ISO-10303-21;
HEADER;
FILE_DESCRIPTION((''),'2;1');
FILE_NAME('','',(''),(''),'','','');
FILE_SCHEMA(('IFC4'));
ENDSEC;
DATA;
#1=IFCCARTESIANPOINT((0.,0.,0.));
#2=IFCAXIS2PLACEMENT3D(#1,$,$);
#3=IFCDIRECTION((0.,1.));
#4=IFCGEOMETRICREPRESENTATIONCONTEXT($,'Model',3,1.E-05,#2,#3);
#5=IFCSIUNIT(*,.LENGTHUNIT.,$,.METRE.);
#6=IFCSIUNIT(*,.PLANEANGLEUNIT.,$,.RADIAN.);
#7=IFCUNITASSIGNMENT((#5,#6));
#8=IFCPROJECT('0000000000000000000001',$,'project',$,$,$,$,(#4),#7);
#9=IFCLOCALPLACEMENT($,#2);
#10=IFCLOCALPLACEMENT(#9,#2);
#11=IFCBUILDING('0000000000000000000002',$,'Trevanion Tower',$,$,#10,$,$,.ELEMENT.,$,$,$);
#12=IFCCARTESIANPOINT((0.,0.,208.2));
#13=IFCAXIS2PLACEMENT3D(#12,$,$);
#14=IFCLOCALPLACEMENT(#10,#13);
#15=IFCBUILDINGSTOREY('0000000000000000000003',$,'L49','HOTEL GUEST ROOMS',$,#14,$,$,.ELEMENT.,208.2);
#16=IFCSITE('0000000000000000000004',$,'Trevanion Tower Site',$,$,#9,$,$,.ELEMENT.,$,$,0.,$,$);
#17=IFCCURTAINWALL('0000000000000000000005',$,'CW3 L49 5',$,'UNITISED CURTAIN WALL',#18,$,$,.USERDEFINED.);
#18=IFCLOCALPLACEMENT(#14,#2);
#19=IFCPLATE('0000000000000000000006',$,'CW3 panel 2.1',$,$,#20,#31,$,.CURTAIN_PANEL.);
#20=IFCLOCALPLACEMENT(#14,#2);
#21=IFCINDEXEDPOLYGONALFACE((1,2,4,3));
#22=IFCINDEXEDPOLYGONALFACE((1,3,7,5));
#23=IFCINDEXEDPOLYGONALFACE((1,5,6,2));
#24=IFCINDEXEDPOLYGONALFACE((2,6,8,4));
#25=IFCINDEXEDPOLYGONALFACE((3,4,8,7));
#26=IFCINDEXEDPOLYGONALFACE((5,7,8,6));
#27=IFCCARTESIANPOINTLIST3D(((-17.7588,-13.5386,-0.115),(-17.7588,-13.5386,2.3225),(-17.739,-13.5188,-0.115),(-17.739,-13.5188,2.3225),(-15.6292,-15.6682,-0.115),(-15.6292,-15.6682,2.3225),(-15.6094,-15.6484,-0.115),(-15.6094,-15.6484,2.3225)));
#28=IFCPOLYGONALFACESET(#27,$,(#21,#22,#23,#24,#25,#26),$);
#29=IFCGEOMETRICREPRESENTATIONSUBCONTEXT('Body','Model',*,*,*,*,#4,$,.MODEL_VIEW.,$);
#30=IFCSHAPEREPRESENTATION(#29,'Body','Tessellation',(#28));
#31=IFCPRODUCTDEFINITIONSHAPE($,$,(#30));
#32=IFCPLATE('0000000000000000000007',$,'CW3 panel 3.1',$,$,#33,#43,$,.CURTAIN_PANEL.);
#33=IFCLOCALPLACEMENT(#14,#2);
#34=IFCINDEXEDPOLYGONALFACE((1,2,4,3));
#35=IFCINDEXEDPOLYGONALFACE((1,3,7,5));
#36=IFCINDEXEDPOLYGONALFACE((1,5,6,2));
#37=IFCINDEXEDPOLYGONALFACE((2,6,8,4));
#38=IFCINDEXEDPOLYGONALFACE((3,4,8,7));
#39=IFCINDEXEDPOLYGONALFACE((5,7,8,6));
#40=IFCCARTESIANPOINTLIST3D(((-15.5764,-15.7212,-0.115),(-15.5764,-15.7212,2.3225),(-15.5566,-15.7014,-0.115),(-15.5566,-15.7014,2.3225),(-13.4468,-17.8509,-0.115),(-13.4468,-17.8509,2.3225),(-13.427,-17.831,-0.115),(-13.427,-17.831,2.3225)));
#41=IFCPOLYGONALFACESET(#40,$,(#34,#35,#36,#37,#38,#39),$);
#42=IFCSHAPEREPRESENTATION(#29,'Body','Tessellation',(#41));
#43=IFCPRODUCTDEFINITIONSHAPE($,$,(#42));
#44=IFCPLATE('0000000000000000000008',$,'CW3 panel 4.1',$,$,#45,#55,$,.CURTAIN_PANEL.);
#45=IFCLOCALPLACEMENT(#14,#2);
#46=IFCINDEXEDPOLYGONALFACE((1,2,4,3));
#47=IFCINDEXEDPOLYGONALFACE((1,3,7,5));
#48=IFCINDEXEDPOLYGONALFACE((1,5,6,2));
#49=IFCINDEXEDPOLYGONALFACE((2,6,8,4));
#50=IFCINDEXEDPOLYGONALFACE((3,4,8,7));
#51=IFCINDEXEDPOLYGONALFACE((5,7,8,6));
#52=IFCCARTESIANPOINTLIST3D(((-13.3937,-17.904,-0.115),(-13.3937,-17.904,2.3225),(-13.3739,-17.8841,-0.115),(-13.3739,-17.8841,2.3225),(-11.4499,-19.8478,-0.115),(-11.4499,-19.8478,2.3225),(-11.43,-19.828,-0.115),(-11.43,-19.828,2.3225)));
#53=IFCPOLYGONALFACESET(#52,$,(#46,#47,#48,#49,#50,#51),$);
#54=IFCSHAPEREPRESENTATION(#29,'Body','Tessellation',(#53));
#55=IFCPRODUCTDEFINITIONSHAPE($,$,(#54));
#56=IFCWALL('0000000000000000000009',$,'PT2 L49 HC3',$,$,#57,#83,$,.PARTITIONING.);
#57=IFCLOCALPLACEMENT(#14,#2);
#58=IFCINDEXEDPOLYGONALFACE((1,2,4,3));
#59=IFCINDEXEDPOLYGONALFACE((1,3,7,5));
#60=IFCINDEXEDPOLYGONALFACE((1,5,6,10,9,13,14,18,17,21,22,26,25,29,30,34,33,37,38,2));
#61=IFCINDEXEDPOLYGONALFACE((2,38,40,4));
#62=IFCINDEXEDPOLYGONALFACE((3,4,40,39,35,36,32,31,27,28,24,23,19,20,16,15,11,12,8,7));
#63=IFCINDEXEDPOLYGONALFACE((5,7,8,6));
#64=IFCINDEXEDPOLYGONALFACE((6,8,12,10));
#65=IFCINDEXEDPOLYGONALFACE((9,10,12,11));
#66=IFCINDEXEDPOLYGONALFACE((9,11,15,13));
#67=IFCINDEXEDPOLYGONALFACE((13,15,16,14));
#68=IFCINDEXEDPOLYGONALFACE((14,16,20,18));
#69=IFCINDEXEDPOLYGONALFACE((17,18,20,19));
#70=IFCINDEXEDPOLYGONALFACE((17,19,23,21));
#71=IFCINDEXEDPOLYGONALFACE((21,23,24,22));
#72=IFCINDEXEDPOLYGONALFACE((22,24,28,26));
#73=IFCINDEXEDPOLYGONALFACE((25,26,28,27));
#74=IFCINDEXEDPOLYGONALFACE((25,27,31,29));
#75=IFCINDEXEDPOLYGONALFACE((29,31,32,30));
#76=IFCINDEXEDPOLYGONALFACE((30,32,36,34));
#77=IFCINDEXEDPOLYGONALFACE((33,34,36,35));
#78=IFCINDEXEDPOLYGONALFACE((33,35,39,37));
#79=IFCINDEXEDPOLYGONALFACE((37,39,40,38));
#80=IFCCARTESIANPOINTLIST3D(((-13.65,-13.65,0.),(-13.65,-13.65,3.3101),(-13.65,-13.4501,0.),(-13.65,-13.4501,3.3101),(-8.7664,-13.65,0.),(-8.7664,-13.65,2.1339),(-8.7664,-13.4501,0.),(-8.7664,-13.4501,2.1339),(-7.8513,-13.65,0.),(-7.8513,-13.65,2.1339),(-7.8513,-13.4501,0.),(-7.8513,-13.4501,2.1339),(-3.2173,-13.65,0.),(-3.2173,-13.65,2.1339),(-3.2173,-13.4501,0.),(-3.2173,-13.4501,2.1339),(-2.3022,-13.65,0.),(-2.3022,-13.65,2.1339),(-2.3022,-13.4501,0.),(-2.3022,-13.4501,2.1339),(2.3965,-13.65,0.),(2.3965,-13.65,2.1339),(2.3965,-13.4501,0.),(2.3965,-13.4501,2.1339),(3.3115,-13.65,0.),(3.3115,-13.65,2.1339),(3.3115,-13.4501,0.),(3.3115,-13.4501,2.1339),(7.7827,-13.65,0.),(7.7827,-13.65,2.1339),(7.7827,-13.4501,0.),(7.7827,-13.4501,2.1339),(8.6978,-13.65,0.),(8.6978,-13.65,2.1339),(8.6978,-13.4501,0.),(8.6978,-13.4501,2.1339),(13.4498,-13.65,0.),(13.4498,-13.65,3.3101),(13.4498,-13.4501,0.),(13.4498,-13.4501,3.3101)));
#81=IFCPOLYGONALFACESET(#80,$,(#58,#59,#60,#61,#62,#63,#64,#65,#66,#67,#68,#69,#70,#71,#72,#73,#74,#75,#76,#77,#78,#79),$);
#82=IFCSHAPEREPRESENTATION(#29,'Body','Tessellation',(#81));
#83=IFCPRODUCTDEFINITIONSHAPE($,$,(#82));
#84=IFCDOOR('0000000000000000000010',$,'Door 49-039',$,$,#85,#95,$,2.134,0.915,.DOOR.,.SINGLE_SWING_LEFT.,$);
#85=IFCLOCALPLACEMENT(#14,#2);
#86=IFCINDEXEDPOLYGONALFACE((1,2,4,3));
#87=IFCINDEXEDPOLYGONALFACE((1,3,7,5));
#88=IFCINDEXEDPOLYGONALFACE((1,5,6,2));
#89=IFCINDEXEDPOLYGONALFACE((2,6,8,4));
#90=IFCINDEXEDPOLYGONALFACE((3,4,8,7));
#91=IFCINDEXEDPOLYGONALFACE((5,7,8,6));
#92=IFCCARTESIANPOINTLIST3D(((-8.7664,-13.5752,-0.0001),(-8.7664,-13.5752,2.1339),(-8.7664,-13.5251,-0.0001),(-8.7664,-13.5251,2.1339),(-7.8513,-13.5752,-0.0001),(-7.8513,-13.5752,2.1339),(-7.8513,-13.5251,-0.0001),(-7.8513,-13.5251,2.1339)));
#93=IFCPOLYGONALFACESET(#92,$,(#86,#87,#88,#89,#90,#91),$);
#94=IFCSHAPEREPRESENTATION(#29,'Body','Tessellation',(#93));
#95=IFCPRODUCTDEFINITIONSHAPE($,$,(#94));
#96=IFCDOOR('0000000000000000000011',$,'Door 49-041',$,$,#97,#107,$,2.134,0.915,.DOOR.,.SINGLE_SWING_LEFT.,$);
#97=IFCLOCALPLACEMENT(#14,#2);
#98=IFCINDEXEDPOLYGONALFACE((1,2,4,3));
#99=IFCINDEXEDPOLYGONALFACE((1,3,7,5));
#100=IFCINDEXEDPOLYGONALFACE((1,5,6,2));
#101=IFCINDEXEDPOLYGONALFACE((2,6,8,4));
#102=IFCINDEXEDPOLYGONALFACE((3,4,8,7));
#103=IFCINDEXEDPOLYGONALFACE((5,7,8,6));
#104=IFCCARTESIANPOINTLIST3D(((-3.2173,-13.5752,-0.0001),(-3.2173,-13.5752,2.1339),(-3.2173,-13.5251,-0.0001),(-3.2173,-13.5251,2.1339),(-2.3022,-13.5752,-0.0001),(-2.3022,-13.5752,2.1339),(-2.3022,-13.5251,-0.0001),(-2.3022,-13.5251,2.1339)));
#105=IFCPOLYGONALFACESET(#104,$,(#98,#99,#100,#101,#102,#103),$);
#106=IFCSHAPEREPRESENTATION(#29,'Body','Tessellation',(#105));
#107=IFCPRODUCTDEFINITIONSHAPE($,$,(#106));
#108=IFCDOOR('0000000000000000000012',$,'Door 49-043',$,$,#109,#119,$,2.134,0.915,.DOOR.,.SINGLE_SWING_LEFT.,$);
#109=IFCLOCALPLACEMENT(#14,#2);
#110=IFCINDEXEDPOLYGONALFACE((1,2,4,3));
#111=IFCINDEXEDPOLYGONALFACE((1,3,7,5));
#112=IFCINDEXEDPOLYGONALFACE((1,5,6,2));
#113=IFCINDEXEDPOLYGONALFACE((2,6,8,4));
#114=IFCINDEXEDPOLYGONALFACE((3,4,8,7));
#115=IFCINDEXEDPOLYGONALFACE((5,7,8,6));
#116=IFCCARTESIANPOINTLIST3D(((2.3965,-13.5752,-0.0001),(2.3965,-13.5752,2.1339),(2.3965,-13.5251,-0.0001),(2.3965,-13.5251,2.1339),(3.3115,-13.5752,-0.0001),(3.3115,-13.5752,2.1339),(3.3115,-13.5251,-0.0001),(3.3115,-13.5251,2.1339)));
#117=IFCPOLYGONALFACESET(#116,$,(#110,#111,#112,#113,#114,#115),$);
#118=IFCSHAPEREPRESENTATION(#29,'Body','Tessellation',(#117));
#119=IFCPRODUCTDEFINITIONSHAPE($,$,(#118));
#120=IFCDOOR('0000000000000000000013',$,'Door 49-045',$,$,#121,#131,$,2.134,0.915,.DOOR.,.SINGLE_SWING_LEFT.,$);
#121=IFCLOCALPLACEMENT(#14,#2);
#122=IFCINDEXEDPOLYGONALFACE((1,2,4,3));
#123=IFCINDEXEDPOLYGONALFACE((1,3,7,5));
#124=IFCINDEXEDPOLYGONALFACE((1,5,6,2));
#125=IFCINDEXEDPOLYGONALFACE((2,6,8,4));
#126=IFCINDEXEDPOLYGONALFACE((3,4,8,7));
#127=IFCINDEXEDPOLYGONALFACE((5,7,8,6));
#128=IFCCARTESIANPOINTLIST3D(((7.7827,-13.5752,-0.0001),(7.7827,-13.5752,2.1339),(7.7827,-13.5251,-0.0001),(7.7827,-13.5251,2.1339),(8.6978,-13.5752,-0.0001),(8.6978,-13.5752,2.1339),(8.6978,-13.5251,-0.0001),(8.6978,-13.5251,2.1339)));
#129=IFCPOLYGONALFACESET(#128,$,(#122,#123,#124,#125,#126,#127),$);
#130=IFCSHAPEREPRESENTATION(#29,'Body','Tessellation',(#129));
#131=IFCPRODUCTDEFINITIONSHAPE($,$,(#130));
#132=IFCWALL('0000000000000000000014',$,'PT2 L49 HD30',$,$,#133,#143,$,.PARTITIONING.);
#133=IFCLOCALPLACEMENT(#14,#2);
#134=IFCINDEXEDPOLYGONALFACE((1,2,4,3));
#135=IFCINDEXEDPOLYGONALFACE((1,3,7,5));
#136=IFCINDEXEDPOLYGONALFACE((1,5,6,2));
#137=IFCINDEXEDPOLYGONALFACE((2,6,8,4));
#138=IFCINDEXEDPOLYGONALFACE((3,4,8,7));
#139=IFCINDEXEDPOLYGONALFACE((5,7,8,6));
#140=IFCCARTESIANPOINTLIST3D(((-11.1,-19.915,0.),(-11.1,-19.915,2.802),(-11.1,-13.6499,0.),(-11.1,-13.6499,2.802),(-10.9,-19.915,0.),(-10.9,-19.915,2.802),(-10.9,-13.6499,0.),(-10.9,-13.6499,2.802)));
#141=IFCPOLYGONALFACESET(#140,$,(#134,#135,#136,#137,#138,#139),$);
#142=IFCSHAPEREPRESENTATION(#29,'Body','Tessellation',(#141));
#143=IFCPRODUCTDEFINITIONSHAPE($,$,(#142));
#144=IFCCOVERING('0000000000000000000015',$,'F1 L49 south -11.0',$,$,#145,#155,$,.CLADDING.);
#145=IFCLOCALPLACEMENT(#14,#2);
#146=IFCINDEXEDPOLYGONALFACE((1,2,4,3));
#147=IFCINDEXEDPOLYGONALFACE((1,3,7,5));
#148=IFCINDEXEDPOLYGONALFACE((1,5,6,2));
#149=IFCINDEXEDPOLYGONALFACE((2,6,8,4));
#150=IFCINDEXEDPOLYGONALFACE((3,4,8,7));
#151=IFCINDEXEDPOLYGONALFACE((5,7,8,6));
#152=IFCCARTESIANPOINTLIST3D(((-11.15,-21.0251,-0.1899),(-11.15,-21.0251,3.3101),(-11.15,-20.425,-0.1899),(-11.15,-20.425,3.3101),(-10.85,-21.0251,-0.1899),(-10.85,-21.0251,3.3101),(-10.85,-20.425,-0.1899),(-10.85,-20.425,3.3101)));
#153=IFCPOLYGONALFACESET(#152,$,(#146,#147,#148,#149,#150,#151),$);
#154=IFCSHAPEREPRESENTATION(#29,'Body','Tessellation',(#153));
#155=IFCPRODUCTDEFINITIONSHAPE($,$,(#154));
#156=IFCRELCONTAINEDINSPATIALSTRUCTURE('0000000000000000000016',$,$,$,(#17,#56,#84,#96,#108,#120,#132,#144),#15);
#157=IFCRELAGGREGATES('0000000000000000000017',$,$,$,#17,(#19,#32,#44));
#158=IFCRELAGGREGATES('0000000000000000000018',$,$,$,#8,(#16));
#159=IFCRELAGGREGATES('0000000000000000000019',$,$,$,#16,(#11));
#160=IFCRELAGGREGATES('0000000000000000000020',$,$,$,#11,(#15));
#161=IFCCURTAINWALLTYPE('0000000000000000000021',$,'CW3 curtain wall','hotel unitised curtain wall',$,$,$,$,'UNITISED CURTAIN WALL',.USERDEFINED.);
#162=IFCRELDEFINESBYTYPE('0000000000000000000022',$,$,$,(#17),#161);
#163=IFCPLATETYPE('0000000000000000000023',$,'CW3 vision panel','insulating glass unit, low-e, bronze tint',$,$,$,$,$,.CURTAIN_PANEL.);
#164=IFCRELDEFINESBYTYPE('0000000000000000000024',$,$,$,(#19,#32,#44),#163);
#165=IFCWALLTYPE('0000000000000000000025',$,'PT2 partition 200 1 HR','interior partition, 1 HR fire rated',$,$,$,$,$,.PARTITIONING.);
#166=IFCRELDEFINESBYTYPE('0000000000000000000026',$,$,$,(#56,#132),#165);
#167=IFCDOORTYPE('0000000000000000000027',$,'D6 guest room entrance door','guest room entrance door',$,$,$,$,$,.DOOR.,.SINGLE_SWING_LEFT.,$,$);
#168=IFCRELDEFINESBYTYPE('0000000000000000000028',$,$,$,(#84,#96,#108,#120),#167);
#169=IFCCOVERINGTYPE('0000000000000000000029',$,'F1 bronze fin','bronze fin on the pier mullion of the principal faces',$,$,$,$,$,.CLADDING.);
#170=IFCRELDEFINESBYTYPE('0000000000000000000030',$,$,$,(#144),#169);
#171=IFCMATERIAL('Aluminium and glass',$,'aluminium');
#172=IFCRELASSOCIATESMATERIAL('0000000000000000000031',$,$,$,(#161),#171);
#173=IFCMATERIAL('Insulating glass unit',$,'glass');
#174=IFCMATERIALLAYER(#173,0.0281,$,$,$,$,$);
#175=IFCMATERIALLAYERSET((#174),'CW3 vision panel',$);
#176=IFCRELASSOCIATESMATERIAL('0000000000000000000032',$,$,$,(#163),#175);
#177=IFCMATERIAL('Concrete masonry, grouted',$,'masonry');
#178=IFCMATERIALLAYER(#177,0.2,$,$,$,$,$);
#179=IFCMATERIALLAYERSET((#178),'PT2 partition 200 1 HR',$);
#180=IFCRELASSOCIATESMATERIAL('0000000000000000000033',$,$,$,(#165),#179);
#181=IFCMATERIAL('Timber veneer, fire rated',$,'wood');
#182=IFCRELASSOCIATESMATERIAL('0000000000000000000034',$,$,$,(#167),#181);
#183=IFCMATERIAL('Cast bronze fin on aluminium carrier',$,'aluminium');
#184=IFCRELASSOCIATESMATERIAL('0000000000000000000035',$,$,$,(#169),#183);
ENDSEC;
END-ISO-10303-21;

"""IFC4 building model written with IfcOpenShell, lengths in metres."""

from ifc_helpers import new_model, si_unit, direction, frame, frame_2d, origin, origin_2d, place, context, subcontext, project, spatial, rectangle, extrude, material, layer, layer_set, type_object, element, fill, aggregate, save


model = new_model("IFC4")

# Units and contexts
model_context = context("Model", 3, precision=1e-05, world=origin(), true_north=direction((0.0, 1.0)))
body_context = subcontext(model_context, "Body", "Model", "MODEL_VIEW")
ifc_project = project(units=[si_unit("LENGTHUNIT", "METRE"), si_unit("PLANEANGLEUNIT", "RADIAN")], contexts=[model_context])

# Site, building, storey
site_placement = place(None, origin())
site = spatial("IfcSite", under=ifc_project, at=site_placement, Name="Trevanion Tower Site", CompositionType="ELEMENT", RefElevation=0.0)
building_placement = place(site_placement, origin())
building = spatial("IfcBuilding", under=site, at=building_placement, Name="Trevanion Tower", CompositionType="ELEMENT")
storey_placement = place(building_placement, frame((0.0, 0.0, 208.2)))
storey = spatial("IfcBuildingStorey", under=building, at=storey_placement, Name="L49", Description="HOTEL GUEST ROOMS", CompositionType="ELEMENT", Elevation=208.2)

# Curtain wall
ifc_material_1 = material(Name="Aluminium and glass", Category="aluminium")
curtain_wall_type = type_object("IfcCurtainWallType", Name="CW3 curtain wall", Description="hotel unitised curtain wall", ElementType="UNITISED CURTAIN WALL", PredefinedType="USERDEFINED", material=ifc_material_1)
curtain_wall_1_placement = place(storey_placement, origin())
curtain_wall_1 = element("IfcCurtainWall", 1, at=curtain_wall_1_placement, inside=storey, type_object=curtain_wall_type, Name="CW3 L49 5", ObjectType="UNITISED CURTAIN WALL", PredefinedType="USERDEFINED")

# Plates
ifc_material_2 = material(Name="Insulating glass unit", Category="glass")
ifc_layer_1 = layer(ifc_material_2, 0.0281)
ifc_layer_set_1 = layer_set([ifc_layer_1], Name="CW3 vision panel")
plate_type_1 = type_object("IfcPlateType", Name="CW3 vision panel", Description="insulating glass unit, low-e, bronze tint", PredefinedType="CURTAIN_PANEL", material=ifc_layer_set_1)
plate_1_placement = place(storey_placement, frame((-16.6841, -14.5935, -0.115), z_axis=(0.0, 0.0, 1.0), x_axis=(0.707107, -0.707107, 0.0)))
plate_1 = element("IfcPlate", 2, at=plate_1_placement, type_object=plate_type_1, Name="CW3 panel 2.1", PredefinedType="CURTAIN_PANEL", context=body_context, shape_type="SweptSolid", body=[
    extrude(rectangle(XDim=3.0117, YDim=0.0281, at=origin_2d()), origin(), (0.0, 0.0, 1.0), 2.4375),
])
plate_2_placement = place(storey_placement, frame((-14.5017, -16.7761, -0.115), z_axis=(0.0, 0.0, 1.0), x_axis=(0.707107, -0.707107, 0.0)))
plate_2 = element("IfcPlate", 3, at=plate_2_placement, type_object=plate_type_1, Name="CW3 panel 3.1", PredefinedType="CURTAIN_PANEL", context=body_context, shape_type="SweptSolid", body=[
    extrude(rectangle(XDim=3.0117, YDim=0.0281, at=origin_2d()), origin(), (0.0, 0.0, 1.0), 2.4375),
])
plate_3_placement = place(storey_placement, frame((-12.4119, -18.866, -0.115), z_axis=(0.0, 0.0, 1.0), x_axis=(0.707107, -0.707107, 0.0)))
plate_3 = element("IfcPlate", 4, at=plate_3_placement, type_object=plate_type_1, Name="CW3 panel 4.1", PredefinedType="CURTAIN_PANEL", context=body_context, shape_type="SweptSolid", body=[
    extrude(rectangle(XDim=2.749, YDim=0.0281, at=origin_2d()), origin(), (0.0, 0.0, 1.0), 2.4375),
])
aggregate(curtain_wall_1, [plate_1, plate_2, plate_3])

# Wall, openings, doors
ifc_material_3 = material(Name="Concrete masonry, grouted", Category="masonry")
ifc_layer_2 = layer(ifc_material_3, 0.2)
ifc_layer_set_2 = layer_set([ifc_layer_2], Name="PT2 partition 200 1 HR")
wall_type = type_object("IfcWallType", Name="PT2 partition 200 1 HR", Description="interior partition, 1 HR fire rated", PredefinedType="PARTITIONING", material=ifc_layer_set_2)
wall_1_placement = place(storey_placement, frame((-13.6499, -13.55, 0.0), z_axis=(0.0, 0.0, 1.0), x_axis=(1.0, 0.0, 0.0)))
wall_1 = element("IfcWall", 5, at=wall_1_placement, inside=storey, type_object=wall_type, Name="PT2 L49 HC3", PredefinedType="PARTITIONING", context=body_context, shape_type="SweptSolid", body=[
    extrude(rectangle(XDim=27.0999, YDim=0.2, at=frame_2d((13.5498, 0.0))), origin(), (0.0, 0.0, 1.0), 3.3101),
])
opening_1_placement = place(wall_1_placement, frame((4.8835, 0.0, 0.0)))
opening_1 = element("IfcOpeningElement", 6, at=opening_1_placement, cuts=wall_1, PredefinedType="OPENING", context=body_context, shape_type="SweptSolid", body=[
    extrude(rectangle(XDim=0.915, YDim=2.134, at=frame_2d((0.4575, 1.0669))), frame((0.0, 0.1099, 0.0), z_axis=(0.0, -1.0, 0.0), x_axis=(1.0, 0.0, 0.0)), (0.0, 0.0, 1.0), 0.22),
])
opening_2_placement = place(wall_1_placement, frame((10.4326, 0.0, 0.0)))
opening_2 = element("IfcOpeningElement", 7, at=opening_2_placement, cuts=wall_1, PredefinedType="OPENING", context=body_context, shape_type="SweptSolid", body=[
    extrude(rectangle(XDim=0.915, YDim=2.134, at=frame_2d((0.4575, 1.0669))), frame((0.0, 0.1099, 0.0), z_axis=(0.0, -1.0, 0.0), x_axis=(1.0, 0.0, 0.0)), (0.0, 0.0, 1.0), 0.22),
])
opening_3_placement = place(wall_1_placement, frame((16.0464, 0.0, 0.0)))
opening_3 = element("IfcOpeningElement", 8, at=opening_3_placement, cuts=wall_1, PredefinedType="OPENING", context=body_context, shape_type="SweptSolid", body=[
    extrude(rectangle(XDim=0.915, YDim=2.134, at=frame_2d((0.4575, 1.0669))), frame((0.0, 0.1099, 0.0), z_axis=(0.0, -1.0, 0.0), x_axis=(1.0, 0.0, 0.0)), (0.0, 0.0, 1.0), 0.22),
])
opening_4_placement = place(wall_1_placement, frame((21.4326, 0.0, 0.0)))
opening_4 = element("IfcOpeningElement", 9, at=opening_4_placement, cuts=wall_1, PredefinedType="OPENING", context=body_context, shape_type="SweptSolid", body=[
    extrude(rectangle(XDim=0.915, YDim=2.134, at=frame_2d((0.4575, 1.0669))), frame((0.0, 0.1099, 0.0), z_axis=(0.0, -1.0, 0.0), x_axis=(1.0, 0.0, 0.0)), (0.0, 0.0, 1.0), 0.22),
])
ifc_material_4 = material(Name="Timber veneer, fire rated", Category="wood")
door_type = type_object("IfcDoorType", Name="D6 guest room entrance door", Description="guest room entrance door", OperationType="SINGLE_SWING_LEFT", PredefinedType="DOOR", material=ifc_material_4)
door_1_placement = place(opening_1_placement, origin())
door_1 = element("IfcDoor", 10, at=door_1_placement, inside=storey, type_object=door_type, Name="Door 49-039", OperationType="SINGLE_SWING_LEFT", OverallHeight=2.134, OverallWidth=0.915, PredefinedType="DOOR", context=body_context, shape_type="SweptSolid", body=[
    extrude(rectangle(XDim=0.915, YDim=2.134, at=frame_2d((0.4575, 1.0669))), frame((0.0, 0.0249, 0.0), z_axis=(0.0, -1.0, 0.0), x_axis=(1.0, 0.0, 0.0)), (0.0, 0.0, 1.0), 0.05),
])
fill(opening_1, door_1)
door_2_placement = place(opening_2_placement, origin())
door_2 = element("IfcDoor", 11, at=door_2_placement, inside=storey, type_object=door_type, Name="Door 49-041", OperationType="SINGLE_SWING_LEFT", OverallHeight=2.134, OverallWidth=0.915, PredefinedType="DOOR", context=body_context, shape_type="SweptSolid", body=[
    extrude(rectangle(XDim=0.915, YDim=2.134, at=frame_2d((0.4575, 1.0669))), frame((0.0, 0.0249, 0.0), z_axis=(0.0, -1.0, 0.0), x_axis=(1.0, 0.0, 0.0)), (0.0, 0.0, 1.0), 0.05),
])
fill(opening_2, door_2)
door_3_placement = place(opening_3_placement, origin())
door_3 = element("IfcDoor", 12, at=door_3_placement, inside=storey, type_object=door_type, Name="Door 49-043", OperationType="SINGLE_SWING_LEFT", OverallHeight=2.134, OverallWidth=0.915, PredefinedType="DOOR", context=body_context, shape_type="SweptSolid", body=[
    extrude(rectangle(XDim=0.915, YDim=2.134, at=frame_2d((0.4575, 1.0669))), frame((0.0, 0.0249, 0.0), z_axis=(0.0, -1.0, 0.0), x_axis=(1.0, 0.0, 0.0)), (0.0, 0.0, 1.0), 0.05),
])
fill(opening_3, door_3)
door_4_placement = place(opening_4_placement, origin())
door_4 = element("IfcDoor", 13, at=door_4_placement, inside=storey, type_object=door_type, Name="Door 49-045", OperationType="SINGLE_SWING_LEFT", OverallHeight=2.134, OverallWidth=0.915, PredefinedType="DOOR", context=body_context, shape_type="SweptSolid", body=[
    extrude(rectangle(XDim=0.915, YDim=2.134, at=frame_2d((0.4575, 1.0669))), frame((0.0, 0.0249, 0.0), z_axis=(0.0, -1.0, 0.0), x_axis=(1.0, 0.0, 0.0)), (0.0, 0.0, 1.0), 0.05),
])
fill(opening_4, door_4)

# Wall
wall_2_placement = place(storey_placement, frame((-11.0, -13.6499, 0.0), z_axis=(0.0, 0.0, 1.0), x_axis=(0.0, -1.0, 0.0)))
element("IfcWall", 14, at=wall_2_placement, inside=storey, type_object=wall_type, Name="PT2 L49 HD30", PredefinedType="PARTITIONING", context=body_context, shape_type="SweptSolid", body=[
    extrude(rectangle(XDim=6.2651, YDim=0.2, at=frame_2d((3.1326, 0.0))), origin(), (0.0, 0.0, 1.0), 2.802),
])

# Covering
ifc_material_5 = material(Name="Cast bronze fin on aluminium carrier", Category="aluminium")
covering_type = type_object("IfcCoveringType", Name="F1 bronze fin", Description="bronze fin on the pier mullion of the principal faces", PredefinedType="CLADDING", material=ifc_material_5)
covering_placement = place(storey_placement, frame((-11.0, -20.7251, -0.1899), z_axis=(0.0, 0.0, 1.0), x_axis=(1.0, 0.0, 0.0)))
element("IfcCovering", 15, at=covering_placement, inside=storey, type_object=covering_type, Name="F1 L49 south -11.0", PredefinedType="CLADDING", context=body_context, shape_type="SweptSolid", body=[
    extrude(rectangle(XDim=0.3, YDim=0.6001, at=origin_2d()), origin(), (0.0, 0.0, 1.0), 3.5),
])

save(model, "model.ifc")
